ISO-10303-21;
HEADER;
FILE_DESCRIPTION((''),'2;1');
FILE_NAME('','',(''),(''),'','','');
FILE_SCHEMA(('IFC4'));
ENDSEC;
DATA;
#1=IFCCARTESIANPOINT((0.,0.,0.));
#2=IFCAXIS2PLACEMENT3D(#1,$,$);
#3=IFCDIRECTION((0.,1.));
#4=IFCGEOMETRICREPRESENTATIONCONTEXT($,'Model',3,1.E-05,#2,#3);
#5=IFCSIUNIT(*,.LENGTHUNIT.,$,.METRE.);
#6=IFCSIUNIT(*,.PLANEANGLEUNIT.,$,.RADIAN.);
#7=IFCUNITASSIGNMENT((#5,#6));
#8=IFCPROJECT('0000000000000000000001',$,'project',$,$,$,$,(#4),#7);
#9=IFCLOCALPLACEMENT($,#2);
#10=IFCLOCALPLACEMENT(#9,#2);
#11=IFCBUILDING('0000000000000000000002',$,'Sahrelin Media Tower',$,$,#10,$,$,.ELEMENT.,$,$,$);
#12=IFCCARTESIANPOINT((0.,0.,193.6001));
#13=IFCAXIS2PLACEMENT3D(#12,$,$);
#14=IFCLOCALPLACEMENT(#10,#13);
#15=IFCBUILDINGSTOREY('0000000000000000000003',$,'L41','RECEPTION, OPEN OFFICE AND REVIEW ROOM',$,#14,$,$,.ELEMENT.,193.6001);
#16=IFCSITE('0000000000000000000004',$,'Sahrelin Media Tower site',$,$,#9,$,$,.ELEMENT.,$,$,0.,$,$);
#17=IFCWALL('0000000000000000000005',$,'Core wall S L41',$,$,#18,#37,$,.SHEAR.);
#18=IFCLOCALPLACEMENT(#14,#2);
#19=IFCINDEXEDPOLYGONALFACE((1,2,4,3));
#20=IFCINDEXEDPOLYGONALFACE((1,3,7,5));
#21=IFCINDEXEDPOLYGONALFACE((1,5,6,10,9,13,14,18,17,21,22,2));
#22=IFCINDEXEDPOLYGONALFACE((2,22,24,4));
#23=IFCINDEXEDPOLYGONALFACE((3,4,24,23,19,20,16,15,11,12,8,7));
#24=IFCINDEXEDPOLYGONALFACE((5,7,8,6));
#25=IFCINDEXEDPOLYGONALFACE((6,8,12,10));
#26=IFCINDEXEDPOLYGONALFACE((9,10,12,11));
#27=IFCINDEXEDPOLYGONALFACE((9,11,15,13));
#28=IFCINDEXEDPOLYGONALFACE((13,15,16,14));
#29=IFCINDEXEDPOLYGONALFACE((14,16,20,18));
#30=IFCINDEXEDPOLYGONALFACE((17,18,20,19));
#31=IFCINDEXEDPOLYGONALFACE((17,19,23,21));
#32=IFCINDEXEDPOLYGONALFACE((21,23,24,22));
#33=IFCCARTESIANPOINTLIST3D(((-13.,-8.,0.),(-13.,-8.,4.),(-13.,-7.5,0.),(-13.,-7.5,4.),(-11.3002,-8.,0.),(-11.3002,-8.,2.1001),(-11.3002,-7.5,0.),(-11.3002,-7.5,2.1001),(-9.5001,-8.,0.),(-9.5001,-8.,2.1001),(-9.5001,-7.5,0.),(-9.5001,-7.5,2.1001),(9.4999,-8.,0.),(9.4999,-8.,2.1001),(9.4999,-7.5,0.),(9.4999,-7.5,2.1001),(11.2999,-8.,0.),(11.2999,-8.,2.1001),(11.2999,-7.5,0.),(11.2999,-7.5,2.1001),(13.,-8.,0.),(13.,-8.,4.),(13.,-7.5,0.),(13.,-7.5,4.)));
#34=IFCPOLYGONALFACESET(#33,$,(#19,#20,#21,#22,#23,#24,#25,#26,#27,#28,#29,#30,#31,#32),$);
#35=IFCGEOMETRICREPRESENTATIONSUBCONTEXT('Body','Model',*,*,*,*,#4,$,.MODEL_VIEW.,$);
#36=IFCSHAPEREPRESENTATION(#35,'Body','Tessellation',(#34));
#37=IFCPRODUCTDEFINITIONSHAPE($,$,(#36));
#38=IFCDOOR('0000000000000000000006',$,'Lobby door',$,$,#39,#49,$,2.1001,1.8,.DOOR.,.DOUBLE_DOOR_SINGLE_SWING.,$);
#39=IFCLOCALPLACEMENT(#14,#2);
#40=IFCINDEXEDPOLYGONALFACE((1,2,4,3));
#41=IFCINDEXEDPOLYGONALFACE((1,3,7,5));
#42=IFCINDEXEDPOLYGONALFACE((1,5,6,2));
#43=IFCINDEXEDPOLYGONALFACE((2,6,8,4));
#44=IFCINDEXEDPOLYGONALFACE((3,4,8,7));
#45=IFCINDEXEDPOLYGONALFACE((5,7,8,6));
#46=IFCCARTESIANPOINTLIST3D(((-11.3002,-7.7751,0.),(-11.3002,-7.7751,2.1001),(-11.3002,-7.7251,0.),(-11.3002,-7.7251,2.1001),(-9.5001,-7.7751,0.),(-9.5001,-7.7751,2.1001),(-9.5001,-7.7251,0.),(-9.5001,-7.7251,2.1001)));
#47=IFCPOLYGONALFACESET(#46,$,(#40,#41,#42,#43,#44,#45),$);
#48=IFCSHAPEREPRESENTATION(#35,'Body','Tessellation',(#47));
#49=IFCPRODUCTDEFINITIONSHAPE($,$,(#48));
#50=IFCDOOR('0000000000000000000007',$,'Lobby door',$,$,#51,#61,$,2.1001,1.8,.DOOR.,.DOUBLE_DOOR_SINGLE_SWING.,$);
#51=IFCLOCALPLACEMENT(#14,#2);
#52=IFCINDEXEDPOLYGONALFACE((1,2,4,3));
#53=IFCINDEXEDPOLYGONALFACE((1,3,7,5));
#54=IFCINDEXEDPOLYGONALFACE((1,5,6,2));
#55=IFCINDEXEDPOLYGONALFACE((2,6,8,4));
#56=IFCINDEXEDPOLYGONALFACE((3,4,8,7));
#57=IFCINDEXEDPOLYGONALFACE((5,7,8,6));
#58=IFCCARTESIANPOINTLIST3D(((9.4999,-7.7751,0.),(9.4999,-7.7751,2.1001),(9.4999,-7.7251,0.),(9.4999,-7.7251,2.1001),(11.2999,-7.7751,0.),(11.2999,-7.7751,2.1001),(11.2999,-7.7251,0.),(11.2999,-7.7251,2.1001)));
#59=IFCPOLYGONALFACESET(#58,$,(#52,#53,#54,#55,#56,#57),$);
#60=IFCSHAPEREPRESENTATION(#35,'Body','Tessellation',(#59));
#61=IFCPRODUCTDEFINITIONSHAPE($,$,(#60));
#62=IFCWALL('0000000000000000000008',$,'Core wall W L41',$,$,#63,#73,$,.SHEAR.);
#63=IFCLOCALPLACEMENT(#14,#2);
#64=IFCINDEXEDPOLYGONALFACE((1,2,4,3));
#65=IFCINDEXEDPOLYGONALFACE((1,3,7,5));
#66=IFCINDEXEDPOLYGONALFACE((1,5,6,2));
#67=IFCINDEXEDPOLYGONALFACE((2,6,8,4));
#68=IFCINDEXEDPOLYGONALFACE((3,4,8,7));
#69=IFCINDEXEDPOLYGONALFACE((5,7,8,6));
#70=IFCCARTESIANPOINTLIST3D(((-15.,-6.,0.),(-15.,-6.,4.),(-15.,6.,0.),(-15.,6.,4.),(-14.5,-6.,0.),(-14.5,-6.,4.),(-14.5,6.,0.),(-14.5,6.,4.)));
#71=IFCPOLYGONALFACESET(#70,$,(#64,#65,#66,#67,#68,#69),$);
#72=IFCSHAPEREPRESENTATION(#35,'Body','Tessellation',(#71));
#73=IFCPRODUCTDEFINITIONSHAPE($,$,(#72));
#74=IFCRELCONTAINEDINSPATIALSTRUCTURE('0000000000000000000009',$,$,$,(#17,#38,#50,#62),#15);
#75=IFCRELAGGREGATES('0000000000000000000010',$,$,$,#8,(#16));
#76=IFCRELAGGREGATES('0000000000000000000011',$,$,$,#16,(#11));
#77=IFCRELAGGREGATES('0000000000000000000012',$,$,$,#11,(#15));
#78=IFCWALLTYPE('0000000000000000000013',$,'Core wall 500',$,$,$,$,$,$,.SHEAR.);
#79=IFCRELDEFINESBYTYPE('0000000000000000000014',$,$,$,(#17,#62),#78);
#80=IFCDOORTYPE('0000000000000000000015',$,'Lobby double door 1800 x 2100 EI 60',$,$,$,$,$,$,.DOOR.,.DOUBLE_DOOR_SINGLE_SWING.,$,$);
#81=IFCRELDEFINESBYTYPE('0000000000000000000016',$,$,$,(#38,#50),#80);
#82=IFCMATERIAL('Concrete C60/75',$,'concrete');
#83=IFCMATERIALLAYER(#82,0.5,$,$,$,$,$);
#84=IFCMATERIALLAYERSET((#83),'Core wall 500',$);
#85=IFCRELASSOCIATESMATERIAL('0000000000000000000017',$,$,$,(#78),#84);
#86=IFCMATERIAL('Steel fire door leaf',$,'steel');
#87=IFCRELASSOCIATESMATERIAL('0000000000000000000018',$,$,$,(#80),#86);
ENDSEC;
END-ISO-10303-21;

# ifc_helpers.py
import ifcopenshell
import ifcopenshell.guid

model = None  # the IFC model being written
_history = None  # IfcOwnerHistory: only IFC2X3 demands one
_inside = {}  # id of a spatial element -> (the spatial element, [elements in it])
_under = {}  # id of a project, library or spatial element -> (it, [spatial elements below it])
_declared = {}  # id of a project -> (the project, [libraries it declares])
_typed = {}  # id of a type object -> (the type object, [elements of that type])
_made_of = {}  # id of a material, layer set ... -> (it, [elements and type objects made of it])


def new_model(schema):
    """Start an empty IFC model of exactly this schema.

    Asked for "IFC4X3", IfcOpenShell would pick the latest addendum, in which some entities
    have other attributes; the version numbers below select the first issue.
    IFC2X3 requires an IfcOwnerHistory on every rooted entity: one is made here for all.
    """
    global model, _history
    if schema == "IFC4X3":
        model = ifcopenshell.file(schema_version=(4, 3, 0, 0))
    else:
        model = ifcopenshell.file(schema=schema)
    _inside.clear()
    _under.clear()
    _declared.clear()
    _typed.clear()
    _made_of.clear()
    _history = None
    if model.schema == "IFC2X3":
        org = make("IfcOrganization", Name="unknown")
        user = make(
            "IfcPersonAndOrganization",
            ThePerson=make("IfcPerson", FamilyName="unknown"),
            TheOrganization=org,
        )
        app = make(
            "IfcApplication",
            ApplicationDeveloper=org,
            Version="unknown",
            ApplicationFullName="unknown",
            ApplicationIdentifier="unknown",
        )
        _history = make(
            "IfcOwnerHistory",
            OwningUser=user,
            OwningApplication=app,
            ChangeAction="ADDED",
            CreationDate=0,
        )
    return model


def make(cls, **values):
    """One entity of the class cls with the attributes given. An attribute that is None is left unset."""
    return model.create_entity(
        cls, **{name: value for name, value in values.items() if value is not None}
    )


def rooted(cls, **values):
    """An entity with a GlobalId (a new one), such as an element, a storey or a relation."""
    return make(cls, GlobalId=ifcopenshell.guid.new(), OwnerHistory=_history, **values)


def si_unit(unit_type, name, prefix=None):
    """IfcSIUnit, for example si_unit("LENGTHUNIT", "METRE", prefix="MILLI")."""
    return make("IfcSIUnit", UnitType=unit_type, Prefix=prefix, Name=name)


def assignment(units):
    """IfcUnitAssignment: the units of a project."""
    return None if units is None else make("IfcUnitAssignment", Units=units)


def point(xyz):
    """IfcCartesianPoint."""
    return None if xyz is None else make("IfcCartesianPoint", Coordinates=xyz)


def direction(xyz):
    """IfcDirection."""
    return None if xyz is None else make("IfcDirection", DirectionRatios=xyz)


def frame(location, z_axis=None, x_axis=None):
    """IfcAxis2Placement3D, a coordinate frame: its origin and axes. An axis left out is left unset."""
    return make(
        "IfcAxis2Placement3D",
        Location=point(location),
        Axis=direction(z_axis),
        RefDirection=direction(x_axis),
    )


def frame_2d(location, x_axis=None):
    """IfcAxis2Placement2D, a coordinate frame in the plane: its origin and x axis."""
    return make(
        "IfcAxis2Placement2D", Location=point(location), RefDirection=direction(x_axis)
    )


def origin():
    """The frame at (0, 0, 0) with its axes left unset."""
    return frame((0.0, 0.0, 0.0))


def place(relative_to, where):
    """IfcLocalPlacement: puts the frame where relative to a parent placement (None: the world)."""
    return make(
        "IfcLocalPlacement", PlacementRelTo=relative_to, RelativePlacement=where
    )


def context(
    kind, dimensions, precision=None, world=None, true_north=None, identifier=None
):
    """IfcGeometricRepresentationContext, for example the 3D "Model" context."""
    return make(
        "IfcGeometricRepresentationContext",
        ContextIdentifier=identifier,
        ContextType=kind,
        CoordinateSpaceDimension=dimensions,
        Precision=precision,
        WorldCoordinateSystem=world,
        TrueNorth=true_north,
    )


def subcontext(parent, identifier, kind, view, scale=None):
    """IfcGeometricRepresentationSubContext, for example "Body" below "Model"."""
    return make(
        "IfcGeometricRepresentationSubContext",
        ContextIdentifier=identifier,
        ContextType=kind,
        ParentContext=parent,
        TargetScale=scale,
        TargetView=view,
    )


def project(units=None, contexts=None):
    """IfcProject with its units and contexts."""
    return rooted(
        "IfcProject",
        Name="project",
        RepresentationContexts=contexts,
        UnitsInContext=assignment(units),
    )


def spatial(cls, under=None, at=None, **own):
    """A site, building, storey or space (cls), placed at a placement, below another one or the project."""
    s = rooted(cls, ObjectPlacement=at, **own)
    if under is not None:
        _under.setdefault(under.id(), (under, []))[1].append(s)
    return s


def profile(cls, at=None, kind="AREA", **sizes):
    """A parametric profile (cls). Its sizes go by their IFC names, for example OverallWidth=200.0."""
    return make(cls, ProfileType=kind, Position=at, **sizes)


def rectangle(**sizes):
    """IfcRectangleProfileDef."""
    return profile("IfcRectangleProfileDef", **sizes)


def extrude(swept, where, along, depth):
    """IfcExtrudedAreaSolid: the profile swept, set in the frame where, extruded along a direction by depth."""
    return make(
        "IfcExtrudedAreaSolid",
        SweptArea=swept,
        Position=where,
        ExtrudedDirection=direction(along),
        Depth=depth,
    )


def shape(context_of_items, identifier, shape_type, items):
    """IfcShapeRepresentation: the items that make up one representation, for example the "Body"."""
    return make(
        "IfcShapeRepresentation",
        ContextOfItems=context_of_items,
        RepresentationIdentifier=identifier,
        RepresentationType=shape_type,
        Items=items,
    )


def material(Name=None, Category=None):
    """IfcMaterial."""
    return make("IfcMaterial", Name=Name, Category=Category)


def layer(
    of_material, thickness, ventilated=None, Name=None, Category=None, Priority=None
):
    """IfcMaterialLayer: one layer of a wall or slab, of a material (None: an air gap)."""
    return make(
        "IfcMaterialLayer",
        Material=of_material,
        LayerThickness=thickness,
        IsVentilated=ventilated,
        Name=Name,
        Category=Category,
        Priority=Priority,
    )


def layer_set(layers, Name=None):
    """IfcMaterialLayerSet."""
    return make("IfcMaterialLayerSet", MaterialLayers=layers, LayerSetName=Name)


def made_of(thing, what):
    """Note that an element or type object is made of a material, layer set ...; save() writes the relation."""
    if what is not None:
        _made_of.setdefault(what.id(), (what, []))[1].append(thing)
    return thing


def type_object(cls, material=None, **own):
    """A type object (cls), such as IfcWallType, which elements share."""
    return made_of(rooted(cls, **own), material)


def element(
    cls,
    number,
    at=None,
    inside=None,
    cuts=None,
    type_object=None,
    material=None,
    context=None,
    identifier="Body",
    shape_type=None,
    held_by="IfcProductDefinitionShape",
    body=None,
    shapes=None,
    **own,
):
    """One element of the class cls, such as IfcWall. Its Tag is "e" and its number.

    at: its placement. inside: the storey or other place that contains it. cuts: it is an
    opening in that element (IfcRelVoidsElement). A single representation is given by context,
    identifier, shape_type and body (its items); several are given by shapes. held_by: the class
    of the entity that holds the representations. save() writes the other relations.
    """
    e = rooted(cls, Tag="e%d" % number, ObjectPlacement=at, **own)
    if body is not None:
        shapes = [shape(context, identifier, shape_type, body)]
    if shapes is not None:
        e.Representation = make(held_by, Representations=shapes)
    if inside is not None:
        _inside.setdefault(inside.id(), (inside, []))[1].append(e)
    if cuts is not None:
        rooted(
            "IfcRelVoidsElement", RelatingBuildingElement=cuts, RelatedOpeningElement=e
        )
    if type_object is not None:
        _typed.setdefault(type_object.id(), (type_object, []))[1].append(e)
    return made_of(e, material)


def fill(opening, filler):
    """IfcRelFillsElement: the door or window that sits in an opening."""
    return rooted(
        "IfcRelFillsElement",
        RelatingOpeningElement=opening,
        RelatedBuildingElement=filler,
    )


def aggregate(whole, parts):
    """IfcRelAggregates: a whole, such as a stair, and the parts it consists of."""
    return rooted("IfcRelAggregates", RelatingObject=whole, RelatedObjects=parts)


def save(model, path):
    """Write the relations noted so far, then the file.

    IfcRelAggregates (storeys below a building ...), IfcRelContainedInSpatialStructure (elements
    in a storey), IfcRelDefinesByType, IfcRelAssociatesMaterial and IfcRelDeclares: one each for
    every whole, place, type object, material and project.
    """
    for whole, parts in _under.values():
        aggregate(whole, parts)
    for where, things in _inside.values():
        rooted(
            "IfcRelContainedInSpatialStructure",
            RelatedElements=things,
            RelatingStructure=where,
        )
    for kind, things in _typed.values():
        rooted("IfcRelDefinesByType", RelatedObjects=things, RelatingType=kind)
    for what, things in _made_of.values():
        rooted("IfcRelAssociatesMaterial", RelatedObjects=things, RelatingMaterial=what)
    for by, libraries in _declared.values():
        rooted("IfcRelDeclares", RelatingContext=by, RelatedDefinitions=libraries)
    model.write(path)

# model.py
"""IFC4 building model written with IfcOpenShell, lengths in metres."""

from ifc_helpers import new_model, si_unit, direction, frame, frame_2d, origin, place, context, subcontext, project, spatial, rectangle, extrude, material, layer, layer_set, type_object, element, fill, save


model = new_model("IFC4")

# Units and contexts
model_context = context("Model", 3, precision=1e-05, world=origin(), true_north=direction((0.0, 1.0)))
body_context = subcontext(model_context, "Body", "Model", "MODEL_VIEW")
ifc_project = project(units=[si_unit("LENGTHUNIT", "METRE"), si_unit("PLANEANGLEUNIT", "RADIAN")], contexts=[model_context])

# Site, building, storey
site_placement = place(None, origin())
site = spatial("IfcSite", under=ifc_project, at=site_placement, Name="Sahrelin Media Tower site", CompositionType="ELEMENT", RefElevation=0.0)
building_placement = place(site_placement, origin())
building = spatial("IfcBuilding", under=site, at=building_placement, Name="Sahrelin Media Tower", CompositionType="ELEMENT")
storey_placement = place(building_placement, frame((0.0, 0.0, 193.6001)))
storey = spatial("IfcBuildingStorey", under=building, at=storey_placement, Name="L41", Description="RECEPTION, OPEN OFFICE AND REVIEW ROOM", CompositionType="ELEMENT", Elevation=193.6001)

# Wall, openings, doors
ifc_material_1 = material(Name="Concrete C60/75", Category="concrete")
ifc_layer_1 = layer(ifc_material_1, 0.5)
ifc_layer_set_1 = layer_set([ifc_layer_1], Name="Core wall 500")
wall_type_1 = type_object("IfcWallType", Name="Core wall 500", PredefinedType="SHEAR", material=ifc_layer_set_1)
wall_1_placement = place(storey_placement, frame((-13.0, -7.75, 0.0), z_axis=(0.0, 0.0, 1.0), x_axis=(1.0, 0.0, 0.0)))
wall_1 = element("IfcWall", 1, at=wall_1_placement, inside=storey, type_object=wall_type_1, Name="Core wall S L41", PredefinedType="SHEAR", context=body_context, shape_type="SweptSolid", body=[
    extrude(rectangle(XDim=26.0, YDim=0.5, at=frame_2d((13.0, 0.0))), origin(), (0.0, 0.0, 1.0), 4.0),
])
opening_1_placement = place(wall_1_placement, frame((1.7, 0.0, 0.0)))
opening_1 = element("IfcOpeningElement", 2, at=opening_1_placement, cuts=wall_1, PredefinedType="OPENING", context=body_context, shape_type="SweptSolid", body=[
    extrude(rectangle(XDim=1.8, YDim=2.1001, at=frame_2d((0.8999, 1.05))), frame((0.0, 0.25, 0.0), z_axis=(0.0, -1.0, 0.0), x_axis=(1.0, 0.0, 0.0)), (0.0, 0.0, 1.0), 0.5),
])
opening_2_placement = place(wall_1_placement, frame((22.5, 0.0, 0.0)))
opening_2 = element("IfcOpeningElement", 3, at=opening_2_placement, cuts=wall_1, PredefinedType="OPENING", context=body_context, shape_type="SweptSolid", body=[
    extrude(rectangle(XDim=1.8, YDim=2.1001, at=frame_2d((0.8999, 1.05))), frame((0.0, 0.25, 0.0), z_axis=(0.0, -1.0, 0.0), x_axis=(1.0, 0.0, 0.0)), (0.0, 0.0, 1.0), 0.5),
])
ifc_material_2 = material(Name="Steel fire door leaf", Category="steel")
door_type_1 = type_object("IfcDoorType", Name="Lobby double door 1800 x 2100 EI 60", OperationType="DOUBLE_DOOR_SINGLE_SWING", PredefinedType="DOOR", material=ifc_material_2)
door_1_placement = place(opening_1_placement, origin())
door_1 = element("IfcDoor", 4, at=door_1_placement, inside=storey, type_object=door_type_1, Name="Lobby door", OperationType="DOUBLE_DOOR_SINGLE_SWING", OverallHeight=2.1001, OverallWidth=1.8, PredefinedType="DOOR", context=body_context, shape_type="SweptSolid", body=[
    extrude(rectangle(XDim=1.8, YDim=2.1001, at=frame_2d((0.8999, 1.05))), frame((0.0, 0.0249, 0.0), z_axis=(0.0, -1.0, 0.0), x_axis=(1.0, 0.0, 0.0)), (0.0, 0.0, 1.0), 0.05),
])
fill(opening_1, door_1)
door_2_placement = place(opening_2_placement, origin())
door_2 = element("IfcDoor", 5, at=door_2_placement, inside=storey, type_object=door_type_1, Name="Lobby door", OperationType="DOUBLE_DOOR_SINGLE_SWING", OverallHeight=2.1001, OverallWidth=1.8, PredefinedType="DOOR", context=body_context, shape_type="SweptSolid", body=[
    extrude(rectangle(XDim=1.8, YDim=2.1001, at=frame_2d((0.8999, 1.05))), frame((0.0, 0.0249, 0.0), z_axis=(0.0, -1.0, 0.0), x_axis=(1.0, 0.0, 0.0)), (0.0, 0.0, 1.0), 0.05),
])
fill(opening_2, door_2)

# Wall
wall_2_placement = place(storey_placement, frame((-14.75, -6.0, 0.0), z_axis=(0.0, 0.0, 1.0), x_axis=(0.0, 1.0, 0.0)))
element("IfcWall", 6, at=wall_2_placement, inside=storey, type_object=wall_type_1, Name="Core wall W L41", PredefinedType="SHEAR", context=body_context, shape_type="SweptSolid", body=[
    extrude(rectangle(XDim=12.0, YDim=0.5, at=frame_2d((6.0, 0.0))), origin(), (0.0, 0.0, 1.0), 4.0),
])

save(model, "model.ifc")
